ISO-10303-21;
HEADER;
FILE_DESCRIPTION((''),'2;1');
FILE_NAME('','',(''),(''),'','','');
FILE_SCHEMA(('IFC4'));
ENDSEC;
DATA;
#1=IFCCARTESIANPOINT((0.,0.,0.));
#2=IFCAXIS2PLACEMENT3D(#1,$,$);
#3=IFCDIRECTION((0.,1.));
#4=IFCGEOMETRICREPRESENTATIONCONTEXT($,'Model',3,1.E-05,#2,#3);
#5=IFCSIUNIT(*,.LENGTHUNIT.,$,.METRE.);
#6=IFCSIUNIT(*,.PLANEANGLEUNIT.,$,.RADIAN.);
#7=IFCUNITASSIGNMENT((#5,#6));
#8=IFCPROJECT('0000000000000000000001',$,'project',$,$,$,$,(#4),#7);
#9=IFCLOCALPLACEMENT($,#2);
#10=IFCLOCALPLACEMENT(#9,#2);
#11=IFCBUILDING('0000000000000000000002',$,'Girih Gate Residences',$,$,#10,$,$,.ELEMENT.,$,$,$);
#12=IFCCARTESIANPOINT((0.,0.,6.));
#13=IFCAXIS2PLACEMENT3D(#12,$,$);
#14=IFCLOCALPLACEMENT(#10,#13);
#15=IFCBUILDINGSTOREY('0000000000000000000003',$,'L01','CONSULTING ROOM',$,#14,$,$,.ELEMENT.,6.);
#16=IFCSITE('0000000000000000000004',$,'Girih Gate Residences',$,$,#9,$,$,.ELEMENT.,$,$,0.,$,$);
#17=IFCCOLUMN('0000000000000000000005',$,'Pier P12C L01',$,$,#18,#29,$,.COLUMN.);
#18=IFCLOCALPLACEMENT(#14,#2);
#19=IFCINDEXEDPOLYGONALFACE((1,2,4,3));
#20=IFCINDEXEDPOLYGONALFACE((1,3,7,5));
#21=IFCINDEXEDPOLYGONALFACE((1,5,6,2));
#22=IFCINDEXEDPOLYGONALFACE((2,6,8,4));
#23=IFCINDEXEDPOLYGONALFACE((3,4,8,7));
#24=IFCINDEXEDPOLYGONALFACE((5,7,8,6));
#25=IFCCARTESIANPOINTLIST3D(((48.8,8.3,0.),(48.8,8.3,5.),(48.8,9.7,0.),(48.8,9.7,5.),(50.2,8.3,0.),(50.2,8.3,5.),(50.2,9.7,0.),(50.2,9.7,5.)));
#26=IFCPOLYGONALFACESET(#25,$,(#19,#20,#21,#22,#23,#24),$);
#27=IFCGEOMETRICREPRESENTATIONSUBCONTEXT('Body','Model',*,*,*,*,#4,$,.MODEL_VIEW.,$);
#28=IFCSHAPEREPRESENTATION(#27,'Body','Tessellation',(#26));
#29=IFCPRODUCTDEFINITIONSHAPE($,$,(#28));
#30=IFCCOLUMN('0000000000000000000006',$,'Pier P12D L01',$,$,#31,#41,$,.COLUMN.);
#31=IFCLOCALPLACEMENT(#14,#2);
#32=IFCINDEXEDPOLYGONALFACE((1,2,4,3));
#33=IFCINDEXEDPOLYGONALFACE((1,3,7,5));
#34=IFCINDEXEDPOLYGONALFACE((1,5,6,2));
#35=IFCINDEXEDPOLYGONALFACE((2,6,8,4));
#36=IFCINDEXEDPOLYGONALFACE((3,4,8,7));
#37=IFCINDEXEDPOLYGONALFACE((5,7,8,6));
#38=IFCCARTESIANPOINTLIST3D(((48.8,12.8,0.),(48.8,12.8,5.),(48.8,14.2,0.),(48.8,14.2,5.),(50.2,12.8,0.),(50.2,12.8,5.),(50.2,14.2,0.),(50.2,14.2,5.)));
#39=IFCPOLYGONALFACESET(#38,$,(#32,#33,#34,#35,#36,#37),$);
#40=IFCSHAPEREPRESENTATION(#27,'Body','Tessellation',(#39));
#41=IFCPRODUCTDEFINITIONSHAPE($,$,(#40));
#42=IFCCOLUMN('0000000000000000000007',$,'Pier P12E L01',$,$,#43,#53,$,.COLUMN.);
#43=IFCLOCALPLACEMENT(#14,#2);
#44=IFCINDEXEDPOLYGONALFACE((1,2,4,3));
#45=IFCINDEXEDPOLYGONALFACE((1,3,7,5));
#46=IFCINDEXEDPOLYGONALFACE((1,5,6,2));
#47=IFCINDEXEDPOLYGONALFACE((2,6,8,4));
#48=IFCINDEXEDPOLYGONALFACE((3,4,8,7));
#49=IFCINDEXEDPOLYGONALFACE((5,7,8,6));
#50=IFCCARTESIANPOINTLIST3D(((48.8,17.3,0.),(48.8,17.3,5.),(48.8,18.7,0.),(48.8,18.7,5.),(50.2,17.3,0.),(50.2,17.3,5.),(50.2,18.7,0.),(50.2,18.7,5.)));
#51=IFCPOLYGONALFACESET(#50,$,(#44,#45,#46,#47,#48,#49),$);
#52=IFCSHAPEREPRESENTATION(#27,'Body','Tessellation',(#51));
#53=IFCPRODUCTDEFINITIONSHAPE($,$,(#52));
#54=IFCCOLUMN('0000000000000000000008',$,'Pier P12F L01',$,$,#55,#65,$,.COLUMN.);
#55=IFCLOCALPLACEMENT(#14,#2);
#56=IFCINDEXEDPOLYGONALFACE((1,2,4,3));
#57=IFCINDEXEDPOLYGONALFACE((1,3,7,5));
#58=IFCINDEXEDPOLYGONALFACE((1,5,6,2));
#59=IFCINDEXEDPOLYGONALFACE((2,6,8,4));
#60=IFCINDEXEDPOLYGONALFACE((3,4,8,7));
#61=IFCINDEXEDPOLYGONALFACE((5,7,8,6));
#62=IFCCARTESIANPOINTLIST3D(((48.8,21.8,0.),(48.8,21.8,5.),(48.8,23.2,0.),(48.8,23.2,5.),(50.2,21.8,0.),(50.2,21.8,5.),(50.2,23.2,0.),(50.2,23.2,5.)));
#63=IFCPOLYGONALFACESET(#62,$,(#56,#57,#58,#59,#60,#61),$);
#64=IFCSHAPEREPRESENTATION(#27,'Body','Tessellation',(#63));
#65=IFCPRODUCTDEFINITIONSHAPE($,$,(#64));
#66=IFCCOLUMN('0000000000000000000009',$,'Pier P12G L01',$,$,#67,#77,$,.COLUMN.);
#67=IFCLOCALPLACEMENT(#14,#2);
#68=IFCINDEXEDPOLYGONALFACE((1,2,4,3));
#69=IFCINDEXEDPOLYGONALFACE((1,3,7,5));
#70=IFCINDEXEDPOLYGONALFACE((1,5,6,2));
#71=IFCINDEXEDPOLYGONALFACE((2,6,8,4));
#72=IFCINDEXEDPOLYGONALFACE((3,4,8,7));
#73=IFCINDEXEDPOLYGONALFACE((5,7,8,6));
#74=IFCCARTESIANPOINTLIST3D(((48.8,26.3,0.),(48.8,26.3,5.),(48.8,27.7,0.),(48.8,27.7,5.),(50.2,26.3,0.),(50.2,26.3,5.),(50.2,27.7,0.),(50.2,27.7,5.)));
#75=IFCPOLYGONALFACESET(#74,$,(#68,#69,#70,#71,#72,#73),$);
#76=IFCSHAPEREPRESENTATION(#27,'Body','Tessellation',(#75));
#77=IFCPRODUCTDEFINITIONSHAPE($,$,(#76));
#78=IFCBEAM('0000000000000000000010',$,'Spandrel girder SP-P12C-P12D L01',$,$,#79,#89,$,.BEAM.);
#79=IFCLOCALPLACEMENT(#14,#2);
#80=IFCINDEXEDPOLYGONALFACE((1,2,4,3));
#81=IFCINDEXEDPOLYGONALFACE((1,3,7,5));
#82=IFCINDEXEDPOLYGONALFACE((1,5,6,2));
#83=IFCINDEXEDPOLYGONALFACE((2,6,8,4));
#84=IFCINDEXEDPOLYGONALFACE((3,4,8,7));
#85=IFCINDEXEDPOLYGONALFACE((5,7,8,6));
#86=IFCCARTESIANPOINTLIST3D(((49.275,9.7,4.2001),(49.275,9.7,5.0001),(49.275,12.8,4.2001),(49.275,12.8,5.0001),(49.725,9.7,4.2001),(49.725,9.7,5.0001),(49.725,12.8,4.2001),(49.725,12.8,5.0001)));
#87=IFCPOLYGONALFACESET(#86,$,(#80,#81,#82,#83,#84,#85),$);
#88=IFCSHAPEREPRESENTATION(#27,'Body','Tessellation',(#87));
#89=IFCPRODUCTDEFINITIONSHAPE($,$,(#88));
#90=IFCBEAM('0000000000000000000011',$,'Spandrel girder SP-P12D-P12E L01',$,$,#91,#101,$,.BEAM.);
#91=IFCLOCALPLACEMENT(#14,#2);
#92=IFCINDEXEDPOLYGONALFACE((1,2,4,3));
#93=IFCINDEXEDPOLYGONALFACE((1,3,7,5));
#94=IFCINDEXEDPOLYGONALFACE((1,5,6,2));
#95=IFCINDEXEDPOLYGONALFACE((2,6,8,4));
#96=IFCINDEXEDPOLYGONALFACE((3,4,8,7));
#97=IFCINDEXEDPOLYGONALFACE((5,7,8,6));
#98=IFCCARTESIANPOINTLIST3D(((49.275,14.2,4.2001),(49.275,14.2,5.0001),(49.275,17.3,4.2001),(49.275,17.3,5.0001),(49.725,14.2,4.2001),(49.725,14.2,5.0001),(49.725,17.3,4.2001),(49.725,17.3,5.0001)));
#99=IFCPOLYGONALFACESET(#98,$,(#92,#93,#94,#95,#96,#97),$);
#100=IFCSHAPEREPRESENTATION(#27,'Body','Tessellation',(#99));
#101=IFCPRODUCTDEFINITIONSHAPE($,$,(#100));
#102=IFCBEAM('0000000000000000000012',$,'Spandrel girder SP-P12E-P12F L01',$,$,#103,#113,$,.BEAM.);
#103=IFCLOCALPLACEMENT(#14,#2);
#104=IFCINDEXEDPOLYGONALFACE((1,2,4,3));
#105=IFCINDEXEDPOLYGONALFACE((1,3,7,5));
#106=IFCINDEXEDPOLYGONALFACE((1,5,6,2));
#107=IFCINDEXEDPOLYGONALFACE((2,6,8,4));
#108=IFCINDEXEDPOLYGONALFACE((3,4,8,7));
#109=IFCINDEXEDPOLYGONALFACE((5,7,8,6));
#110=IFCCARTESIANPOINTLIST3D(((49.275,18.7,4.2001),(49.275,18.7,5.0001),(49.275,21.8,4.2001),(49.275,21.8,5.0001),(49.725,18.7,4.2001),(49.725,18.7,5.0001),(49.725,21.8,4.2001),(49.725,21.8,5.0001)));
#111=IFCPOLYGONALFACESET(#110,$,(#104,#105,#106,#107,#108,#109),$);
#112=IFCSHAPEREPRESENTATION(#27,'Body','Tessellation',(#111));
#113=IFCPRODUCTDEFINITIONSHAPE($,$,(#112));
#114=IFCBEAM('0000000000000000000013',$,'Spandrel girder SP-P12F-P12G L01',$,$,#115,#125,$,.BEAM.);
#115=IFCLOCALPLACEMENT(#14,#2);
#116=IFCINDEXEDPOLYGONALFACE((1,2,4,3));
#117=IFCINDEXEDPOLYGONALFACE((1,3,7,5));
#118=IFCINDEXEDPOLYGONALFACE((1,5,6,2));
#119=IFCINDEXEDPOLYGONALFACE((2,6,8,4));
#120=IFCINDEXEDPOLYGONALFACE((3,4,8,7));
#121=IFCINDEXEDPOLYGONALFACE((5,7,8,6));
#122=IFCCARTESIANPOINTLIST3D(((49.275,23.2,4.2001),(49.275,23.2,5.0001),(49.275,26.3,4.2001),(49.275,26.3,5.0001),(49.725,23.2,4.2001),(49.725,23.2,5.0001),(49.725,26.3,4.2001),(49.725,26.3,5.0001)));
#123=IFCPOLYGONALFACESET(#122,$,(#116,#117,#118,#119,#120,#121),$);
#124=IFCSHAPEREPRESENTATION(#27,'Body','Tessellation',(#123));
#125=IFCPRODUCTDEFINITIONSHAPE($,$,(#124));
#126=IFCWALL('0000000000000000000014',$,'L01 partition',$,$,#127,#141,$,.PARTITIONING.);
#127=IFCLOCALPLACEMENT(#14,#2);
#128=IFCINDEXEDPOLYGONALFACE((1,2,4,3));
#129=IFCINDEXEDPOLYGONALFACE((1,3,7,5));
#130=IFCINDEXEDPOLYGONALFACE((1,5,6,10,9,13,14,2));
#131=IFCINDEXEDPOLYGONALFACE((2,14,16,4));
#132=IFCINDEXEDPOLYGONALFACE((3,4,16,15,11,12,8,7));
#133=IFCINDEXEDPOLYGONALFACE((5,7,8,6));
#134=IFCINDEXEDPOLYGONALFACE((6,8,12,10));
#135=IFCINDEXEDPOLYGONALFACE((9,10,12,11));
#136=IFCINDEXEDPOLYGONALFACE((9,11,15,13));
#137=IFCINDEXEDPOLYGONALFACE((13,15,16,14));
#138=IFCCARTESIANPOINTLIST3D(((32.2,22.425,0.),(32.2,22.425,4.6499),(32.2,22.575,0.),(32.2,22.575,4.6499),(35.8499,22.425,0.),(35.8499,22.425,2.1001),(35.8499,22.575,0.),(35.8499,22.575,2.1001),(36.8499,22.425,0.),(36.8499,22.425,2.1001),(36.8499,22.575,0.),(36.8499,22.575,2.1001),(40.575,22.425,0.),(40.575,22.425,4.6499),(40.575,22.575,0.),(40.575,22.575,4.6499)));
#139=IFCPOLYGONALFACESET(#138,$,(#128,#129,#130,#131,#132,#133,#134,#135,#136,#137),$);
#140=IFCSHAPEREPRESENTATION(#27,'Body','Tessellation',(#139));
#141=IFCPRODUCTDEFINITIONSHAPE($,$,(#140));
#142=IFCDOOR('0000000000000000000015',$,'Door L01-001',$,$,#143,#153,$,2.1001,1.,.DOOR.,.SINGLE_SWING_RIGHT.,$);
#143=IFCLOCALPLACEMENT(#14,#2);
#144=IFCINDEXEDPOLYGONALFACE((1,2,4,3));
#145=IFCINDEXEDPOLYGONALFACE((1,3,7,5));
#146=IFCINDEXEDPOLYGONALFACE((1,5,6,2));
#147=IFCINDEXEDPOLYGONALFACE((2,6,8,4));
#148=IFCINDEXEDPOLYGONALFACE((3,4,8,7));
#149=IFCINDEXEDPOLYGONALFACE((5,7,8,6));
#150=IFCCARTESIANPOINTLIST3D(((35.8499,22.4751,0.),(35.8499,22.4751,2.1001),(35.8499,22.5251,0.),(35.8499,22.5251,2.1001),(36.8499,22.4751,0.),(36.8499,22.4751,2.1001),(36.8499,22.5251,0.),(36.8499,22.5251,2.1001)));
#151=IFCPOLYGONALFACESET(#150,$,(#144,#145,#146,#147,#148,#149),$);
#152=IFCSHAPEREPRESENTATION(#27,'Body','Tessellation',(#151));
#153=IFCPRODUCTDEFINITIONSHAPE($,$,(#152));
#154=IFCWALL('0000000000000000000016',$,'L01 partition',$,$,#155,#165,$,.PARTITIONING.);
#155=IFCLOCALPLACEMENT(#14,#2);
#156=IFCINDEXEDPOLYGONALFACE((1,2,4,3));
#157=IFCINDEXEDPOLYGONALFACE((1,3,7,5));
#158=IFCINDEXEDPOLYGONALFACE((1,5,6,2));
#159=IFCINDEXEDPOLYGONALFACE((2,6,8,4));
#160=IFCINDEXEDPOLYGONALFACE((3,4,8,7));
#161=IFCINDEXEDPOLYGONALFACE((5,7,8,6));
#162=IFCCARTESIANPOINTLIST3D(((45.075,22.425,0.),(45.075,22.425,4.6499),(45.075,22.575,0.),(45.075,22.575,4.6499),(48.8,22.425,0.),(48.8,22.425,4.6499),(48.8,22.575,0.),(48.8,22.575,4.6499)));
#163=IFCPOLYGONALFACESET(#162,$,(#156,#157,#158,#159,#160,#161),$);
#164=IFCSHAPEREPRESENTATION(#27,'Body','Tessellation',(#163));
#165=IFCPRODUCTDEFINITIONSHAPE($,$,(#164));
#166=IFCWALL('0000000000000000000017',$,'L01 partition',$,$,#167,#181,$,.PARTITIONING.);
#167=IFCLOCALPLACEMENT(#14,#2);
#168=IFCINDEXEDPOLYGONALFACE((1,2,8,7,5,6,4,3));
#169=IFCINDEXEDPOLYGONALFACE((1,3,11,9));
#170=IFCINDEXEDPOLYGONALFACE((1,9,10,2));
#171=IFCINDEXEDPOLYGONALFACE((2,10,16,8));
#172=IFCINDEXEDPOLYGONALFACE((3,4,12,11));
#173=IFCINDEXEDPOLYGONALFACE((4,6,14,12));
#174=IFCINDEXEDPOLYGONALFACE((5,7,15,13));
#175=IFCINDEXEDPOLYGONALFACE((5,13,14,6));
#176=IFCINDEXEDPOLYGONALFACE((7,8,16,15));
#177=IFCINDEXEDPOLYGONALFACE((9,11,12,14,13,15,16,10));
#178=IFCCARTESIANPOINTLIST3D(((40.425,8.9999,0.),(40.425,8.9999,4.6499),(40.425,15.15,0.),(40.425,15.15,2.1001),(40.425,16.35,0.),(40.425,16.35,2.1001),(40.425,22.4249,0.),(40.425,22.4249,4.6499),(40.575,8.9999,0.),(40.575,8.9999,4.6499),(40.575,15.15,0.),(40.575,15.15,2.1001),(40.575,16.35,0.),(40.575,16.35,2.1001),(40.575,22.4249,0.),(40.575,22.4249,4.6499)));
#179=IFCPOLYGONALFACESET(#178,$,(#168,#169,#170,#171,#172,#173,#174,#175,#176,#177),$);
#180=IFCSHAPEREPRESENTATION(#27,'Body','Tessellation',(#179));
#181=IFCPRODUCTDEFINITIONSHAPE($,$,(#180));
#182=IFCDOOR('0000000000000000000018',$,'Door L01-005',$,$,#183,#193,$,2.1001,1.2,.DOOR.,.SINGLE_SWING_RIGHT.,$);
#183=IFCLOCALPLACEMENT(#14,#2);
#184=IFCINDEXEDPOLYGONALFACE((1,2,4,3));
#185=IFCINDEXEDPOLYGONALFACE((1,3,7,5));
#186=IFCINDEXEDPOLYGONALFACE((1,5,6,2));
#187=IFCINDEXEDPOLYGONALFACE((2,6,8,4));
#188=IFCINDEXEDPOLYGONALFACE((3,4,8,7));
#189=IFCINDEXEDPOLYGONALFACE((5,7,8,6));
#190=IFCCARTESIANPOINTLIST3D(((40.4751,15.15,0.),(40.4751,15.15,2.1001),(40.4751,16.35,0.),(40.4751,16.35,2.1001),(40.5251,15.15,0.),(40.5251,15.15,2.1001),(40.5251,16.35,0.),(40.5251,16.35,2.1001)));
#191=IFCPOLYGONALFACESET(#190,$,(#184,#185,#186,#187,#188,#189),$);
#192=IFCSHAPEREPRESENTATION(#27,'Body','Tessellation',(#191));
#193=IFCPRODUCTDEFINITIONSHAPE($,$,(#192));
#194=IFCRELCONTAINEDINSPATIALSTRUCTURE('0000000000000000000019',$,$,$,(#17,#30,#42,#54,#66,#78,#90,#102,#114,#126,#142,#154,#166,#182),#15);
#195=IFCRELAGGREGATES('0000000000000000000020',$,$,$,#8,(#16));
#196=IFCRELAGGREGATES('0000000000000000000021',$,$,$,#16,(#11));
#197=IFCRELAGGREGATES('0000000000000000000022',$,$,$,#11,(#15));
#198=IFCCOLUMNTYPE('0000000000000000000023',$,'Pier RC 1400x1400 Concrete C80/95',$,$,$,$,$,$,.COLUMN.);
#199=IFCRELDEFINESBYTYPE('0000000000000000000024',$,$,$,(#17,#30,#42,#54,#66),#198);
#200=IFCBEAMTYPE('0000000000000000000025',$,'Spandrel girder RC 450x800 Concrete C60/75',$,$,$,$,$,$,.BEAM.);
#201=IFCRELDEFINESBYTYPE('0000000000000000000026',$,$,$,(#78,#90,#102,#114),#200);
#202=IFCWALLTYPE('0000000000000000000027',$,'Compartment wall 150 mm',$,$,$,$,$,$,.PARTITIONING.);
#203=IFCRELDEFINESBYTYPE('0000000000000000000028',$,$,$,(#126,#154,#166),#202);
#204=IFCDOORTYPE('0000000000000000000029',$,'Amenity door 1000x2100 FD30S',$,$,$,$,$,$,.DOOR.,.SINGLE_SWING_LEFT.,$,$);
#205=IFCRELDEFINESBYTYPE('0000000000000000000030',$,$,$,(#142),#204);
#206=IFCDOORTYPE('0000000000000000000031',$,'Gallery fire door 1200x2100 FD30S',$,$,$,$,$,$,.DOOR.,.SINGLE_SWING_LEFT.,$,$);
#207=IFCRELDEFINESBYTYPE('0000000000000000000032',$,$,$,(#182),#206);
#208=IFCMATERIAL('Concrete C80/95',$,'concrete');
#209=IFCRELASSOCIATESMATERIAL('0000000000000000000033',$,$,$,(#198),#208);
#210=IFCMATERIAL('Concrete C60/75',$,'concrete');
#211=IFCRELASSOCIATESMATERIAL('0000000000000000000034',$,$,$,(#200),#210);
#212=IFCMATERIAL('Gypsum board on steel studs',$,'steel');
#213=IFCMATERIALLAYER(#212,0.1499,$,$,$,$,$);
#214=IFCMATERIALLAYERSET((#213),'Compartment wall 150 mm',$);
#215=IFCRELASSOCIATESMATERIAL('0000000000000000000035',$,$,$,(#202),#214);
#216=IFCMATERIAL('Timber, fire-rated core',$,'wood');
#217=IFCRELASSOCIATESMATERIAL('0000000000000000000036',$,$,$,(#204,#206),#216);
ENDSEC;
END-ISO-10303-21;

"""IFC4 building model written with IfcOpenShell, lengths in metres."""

from ifc_helpers import new_model, si_unit, direction, frame, frame_2d, origin, origin_2d, place, context, subcontext, project, spatial, rectangle, extrude, material, layer, layer_set, material_profile, profile_set, type_object, element, fill, save


model = new_model("IFC4")

# Units and contexts
model_context = context("Model", 3, precision=1e-05, world=origin(), true_north=direction((0.0, 1.0)))
body_context = subcontext(model_context, "Body", "Model", "MODEL_VIEW")
ifc_project = project(units=[si_unit("LENGTHUNIT", "METRE"), si_unit("PLANEANGLEUNIT", "RADIAN")], contexts=[model_context])

# Site, building, storey
site_placement = place(None, origin())
site = spatial("IfcSite", under=ifc_project, at=site_placement, Name="Girih Gate Residences", CompositionType="ELEMENT", RefElevation=0.0)
building_placement = place(site_placement, origin())
building = spatial("IfcBuilding", under=site, at=building_placement, Name="Girih Gate Residences", CompositionType="ELEMENT")
storey_placement = place(building_placement, frame((0.0, 0.0, 6.0)))
storey = spatial("IfcBuildingStorey", under=building, at=storey_placement, Name="L01", Description="CONSULTING ROOM", CompositionType="ELEMENT", Elevation=6.0)

# Columns
ifc_material_1 = material(Name="Concrete C80/95", Category="concrete")
ifc_material_profile_1 = material_profile(ifc_material_1, rectangle(XDim=1.3999, YDim=1.3999, at=origin_2d()))
ifc_profile_set_1 = profile_set([ifc_material_profile_1], Name="Concrete C80/95")
column_type = type_object("IfcColumnType", Name="Pier RC 1400x1400 Concrete C80/95", PredefinedType="COLUMN", material=ifc_profile_set_1)
for number, where, z_axis, x_axis, name in (
    (1, (49.5, 9.0, 0.0), (0.0, 0.0, 1.0), (1.0, 0.0, 0.0), "Pier P12C L01"),
    (2, (49.5, 13.5, 0.0), (0.0, 0.0, 1.0), (1.0, 0.0, 0.0), "Pier P12D L01"),
    (3, (49.5, 18.0, 0.0), (0.0, 0.0, 1.0), (1.0, 0.0, 0.0), "Pier P12E L01"),
    (4, (49.5, 22.5, 0.0), (0.0, 0.0, 1.0), (1.0, 0.0, 0.0), "Pier P12F L01"),
    (5, (49.5, 27.0, 0.0), (0.0, 0.0, 1.0), (1.0, 0.0, 0.0), "Pier P12G L01"),
):
    element("IfcColumn", number, at=place(storey_placement, frame(where, z_axis=z_axis, x_axis=x_axis)), inside=storey, type_object=column_type, Name=name, PredefinedType="COLUMN", context=body_context, shape_type="SweptSolid", body=[
        extrude(rectangle(XDim=1.3999, YDim=1.3999, at=origin_2d()), origin(), (0.0, 0.0, 1.0), 5.0),
    ])

# Beams
ifc_material_2 = material(Name="Concrete C60/75", Category="concrete")
ifc_material_profile_2 = material_profile(ifc_material_2, rectangle(XDim=0.45, YDim=0.8, at=origin_2d()))
ifc_profile_set_2 = profile_set([ifc_material_profile_2], Name="Concrete C60/75")
beam_type = type_object("IfcBeamType", Name="Spandrel girder RC 450x800 Concrete C60/75", PredefinedType="BEAM", material=ifc_profile_set_2)
for number, where, z_axis, x_axis, name in (
    (6, (49.5, 9.7, 4.6001), (0.0, 1.0, 0.0), (-1.0, 0.0, 0.0), "Spandrel girder SP-P12C-P12D L01"),
    (7, (49.5, 14.2, 4.6001), (0.0, 1.0, 0.0), (-1.0, 0.0, 0.0), "Spandrel girder SP-P12D-P12E L01"),
    (8, (49.5, 18.7, 4.6001), (0.0, 1.0, 0.0), (-1.0, 0.0, 0.0), "Spandrel girder SP-P12E-P12F L01"),
    (9, (49.5, 23.2, 4.6001), (0.0, 1.0, 0.0), (-1.0, 0.0, 0.0), "Spandrel girder SP-P12F-P12G L01"),
):
    element("IfcBeam", number, at=place(storey_placement, frame(where, z_axis=z_axis, x_axis=x_axis)), inside=storey, type_object=beam_type, Name=name, PredefinedType="BEAM", context=body_context, shape_type="SweptSolid", body=[
        extrude(rectangle(XDim=0.45, YDim=0.8, at=origin_2d()), origin(), (0.0, 0.0, 1.0), 3.1001),
    ])

# Wall, opening, door
ifc_material_3 = material(Name="Gypsum board on steel studs", Category="steel")
ifc_layer_1 = layer(ifc_material_3, 0.1499)
ifc_layer_set_1 = layer_set([ifc_layer_1], Name="Compartment wall 150 mm")
wall_type_1 = type_object("IfcWallType", Name="Compartment wall 150 mm", PredefinedType="PARTITIONING", material=ifc_layer_set_1)
wall_1_placement = place(storey_placement, frame((40.575, 22.5, 0.0), z_axis=(0.0, 0.0, 1.0), x_axis=(-1.0, 0.0, 0.0)))
wall_1 = element("IfcWall", 10, at=wall_1_placement, inside=storey, type_object=wall_type_1, Name="L01 partition", PredefinedType="PARTITIONING", context=body_context, shape_type="SweptSolid", body=[
    extrude(rectangle(XDim=8.375, YDim=0.1499, at=frame_2d((4.1875, 0.0))), origin(), (0.0, 0.0, 1.0), 4.6499),
])
opening_1_placement = place(wall_1_placement, frame((3.7251, 0.0, 0.0)))
opening_1 = element("IfcOpeningElement", 11, at=opening_1_placement, cuts=wall_1, PredefinedType="OPENING", context=body_context, shape_type="SweptSolid", body=[
    extrude(rectangle(XDim=1.0, YDim=2.1001, at=frame_2d((0.5, 1.05))), frame((0.0, 0.085, 0.0), z_axis=(0.0, -1.0, 0.0), x_axis=(1.0, 0.0, 0.0)), (0.0, 0.0, 1.0), 0.1699),
])
ifc_material_4 = material(Name="Timber, fire-rated core", Category="wood")
door_type_1 = type_object("IfcDoorType", Name="Amenity door 1000x2100 FD30S", OperationType="SINGLE_SWING_LEFT", PredefinedType="DOOR", material=ifc_material_4)
door_1_placement = place(opening_1_placement, origin())
door_1 = element("IfcDoor", 12, at=door_1_placement, inside=storey, type_object=door_type_1, Name="Door L01-001", OperationType="SINGLE_SWING_RIGHT", OverallHeight=2.1001, OverallWidth=1.0, PredefinedType="DOOR", context=body_context, shape_type="SweptSolid", body=[
    extrude(rectangle(XDim=1.0, YDim=2.1001, at=frame_2d((0.5, 1.05))), frame((0.0, 0.0249, 0.0), z_axis=(0.0, -1.0, 0.0), x_axis=(1.0, 0.0, 0.0)), (0.0, 0.0, 1.0), 0.05),
])
fill(opening_1, door_1)

# Wall
wall_2_placement = place(storey_placement, frame((45.075, 22.5, 0.0), z_axis=(0.0, 0.0, 1.0), x_axis=(1.0, 0.0, 0.0)))
element("IfcWall", 13, at=wall_2_placement, inside=storey, type_object=wall_type_1, Name="L01 partition", PredefinedType="PARTITIONING", context=body_context, shape_type="SweptSolid", body=[
    extrude(rectangle(XDim=3.7251, YDim=0.1499, at=frame_2d((1.8625, 0.0))), origin(), (0.0, 0.0, 1.0), 4.6499),
])

# Wall, opening, door
wall_3_placement = place(storey_placement, frame((40.5, 9.0, 0.0), z_axis=(0.0, 0.0, 1.0), x_axis=(0.0, 1.0, 0.0)))
wall_3 = element("IfcWall", 14, at=wall_3_placement, inside=storey, type_object=wall_type_1, Name="L01 partition", PredefinedType="PARTITIONING", context=body_context, shape_type="SweptSolid", body=[
    extrude(rectangle(XDim=13.425, YDim=0.1499, at=frame_2d((6.7124, 0.0))), origin(), (0.0, 0.0, 1.0), 4.6499),
])
opening_2_placement = place(wall_3_placement, frame((6.1499, 0.0, 0.0)))
opening_2 = element("IfcOpeningElement", 15, at=opening_2_placement, cuts=wall_3, PredefinedType="OPENING", context=body_context, shape_type="SweptSolid", body=[
    extrude(rectangle(XDim=1.2, YDim=2.1001, at=frame_2d((0.6001, 1.05))), frame((0.0, 0.085, 0.0), z_axis=(0.0, -1.0, 0.0), x_axis=(1.0, 0.0, 0.0)), (0.0, 0.0, 1.0), 0.1699),
])
door_type_2 = type_object("IfcDoorType", Name="Gallery fire door 1200x2100 FD30S", OperationType="SINGLE_SWING_LEFT", PredefinedType="DOOR", material=ifc_material_4)
door_2_placement = place(opening_2_placement, origin())
door_2 = element("IfcDoor", 16, at=door_2_placement, inside=storey, type_object=door_type_2, Name="Door L01-005", OperationType="SINGLE_SWING_RIGHT", OverallHeight=2.1001, OverallWidth=1.2, PredefinedType="DOOR", context=body_context, shape_type="SweptSolid", body=[
    extrude(rectangle(XDim=1.2, YDim=2.1001, at=frame_2d((0.6001, 1.05))), frame((0.0, 0.0249, 0.0), z_axis=(0.0, -1.0, 0.0), x_axis=(1.0, 0.0, 0.0)), (0.0, 0.0, 1.0), 0.05),
])
fill(opening_2, door_2)

save(model, "model.ifc")
